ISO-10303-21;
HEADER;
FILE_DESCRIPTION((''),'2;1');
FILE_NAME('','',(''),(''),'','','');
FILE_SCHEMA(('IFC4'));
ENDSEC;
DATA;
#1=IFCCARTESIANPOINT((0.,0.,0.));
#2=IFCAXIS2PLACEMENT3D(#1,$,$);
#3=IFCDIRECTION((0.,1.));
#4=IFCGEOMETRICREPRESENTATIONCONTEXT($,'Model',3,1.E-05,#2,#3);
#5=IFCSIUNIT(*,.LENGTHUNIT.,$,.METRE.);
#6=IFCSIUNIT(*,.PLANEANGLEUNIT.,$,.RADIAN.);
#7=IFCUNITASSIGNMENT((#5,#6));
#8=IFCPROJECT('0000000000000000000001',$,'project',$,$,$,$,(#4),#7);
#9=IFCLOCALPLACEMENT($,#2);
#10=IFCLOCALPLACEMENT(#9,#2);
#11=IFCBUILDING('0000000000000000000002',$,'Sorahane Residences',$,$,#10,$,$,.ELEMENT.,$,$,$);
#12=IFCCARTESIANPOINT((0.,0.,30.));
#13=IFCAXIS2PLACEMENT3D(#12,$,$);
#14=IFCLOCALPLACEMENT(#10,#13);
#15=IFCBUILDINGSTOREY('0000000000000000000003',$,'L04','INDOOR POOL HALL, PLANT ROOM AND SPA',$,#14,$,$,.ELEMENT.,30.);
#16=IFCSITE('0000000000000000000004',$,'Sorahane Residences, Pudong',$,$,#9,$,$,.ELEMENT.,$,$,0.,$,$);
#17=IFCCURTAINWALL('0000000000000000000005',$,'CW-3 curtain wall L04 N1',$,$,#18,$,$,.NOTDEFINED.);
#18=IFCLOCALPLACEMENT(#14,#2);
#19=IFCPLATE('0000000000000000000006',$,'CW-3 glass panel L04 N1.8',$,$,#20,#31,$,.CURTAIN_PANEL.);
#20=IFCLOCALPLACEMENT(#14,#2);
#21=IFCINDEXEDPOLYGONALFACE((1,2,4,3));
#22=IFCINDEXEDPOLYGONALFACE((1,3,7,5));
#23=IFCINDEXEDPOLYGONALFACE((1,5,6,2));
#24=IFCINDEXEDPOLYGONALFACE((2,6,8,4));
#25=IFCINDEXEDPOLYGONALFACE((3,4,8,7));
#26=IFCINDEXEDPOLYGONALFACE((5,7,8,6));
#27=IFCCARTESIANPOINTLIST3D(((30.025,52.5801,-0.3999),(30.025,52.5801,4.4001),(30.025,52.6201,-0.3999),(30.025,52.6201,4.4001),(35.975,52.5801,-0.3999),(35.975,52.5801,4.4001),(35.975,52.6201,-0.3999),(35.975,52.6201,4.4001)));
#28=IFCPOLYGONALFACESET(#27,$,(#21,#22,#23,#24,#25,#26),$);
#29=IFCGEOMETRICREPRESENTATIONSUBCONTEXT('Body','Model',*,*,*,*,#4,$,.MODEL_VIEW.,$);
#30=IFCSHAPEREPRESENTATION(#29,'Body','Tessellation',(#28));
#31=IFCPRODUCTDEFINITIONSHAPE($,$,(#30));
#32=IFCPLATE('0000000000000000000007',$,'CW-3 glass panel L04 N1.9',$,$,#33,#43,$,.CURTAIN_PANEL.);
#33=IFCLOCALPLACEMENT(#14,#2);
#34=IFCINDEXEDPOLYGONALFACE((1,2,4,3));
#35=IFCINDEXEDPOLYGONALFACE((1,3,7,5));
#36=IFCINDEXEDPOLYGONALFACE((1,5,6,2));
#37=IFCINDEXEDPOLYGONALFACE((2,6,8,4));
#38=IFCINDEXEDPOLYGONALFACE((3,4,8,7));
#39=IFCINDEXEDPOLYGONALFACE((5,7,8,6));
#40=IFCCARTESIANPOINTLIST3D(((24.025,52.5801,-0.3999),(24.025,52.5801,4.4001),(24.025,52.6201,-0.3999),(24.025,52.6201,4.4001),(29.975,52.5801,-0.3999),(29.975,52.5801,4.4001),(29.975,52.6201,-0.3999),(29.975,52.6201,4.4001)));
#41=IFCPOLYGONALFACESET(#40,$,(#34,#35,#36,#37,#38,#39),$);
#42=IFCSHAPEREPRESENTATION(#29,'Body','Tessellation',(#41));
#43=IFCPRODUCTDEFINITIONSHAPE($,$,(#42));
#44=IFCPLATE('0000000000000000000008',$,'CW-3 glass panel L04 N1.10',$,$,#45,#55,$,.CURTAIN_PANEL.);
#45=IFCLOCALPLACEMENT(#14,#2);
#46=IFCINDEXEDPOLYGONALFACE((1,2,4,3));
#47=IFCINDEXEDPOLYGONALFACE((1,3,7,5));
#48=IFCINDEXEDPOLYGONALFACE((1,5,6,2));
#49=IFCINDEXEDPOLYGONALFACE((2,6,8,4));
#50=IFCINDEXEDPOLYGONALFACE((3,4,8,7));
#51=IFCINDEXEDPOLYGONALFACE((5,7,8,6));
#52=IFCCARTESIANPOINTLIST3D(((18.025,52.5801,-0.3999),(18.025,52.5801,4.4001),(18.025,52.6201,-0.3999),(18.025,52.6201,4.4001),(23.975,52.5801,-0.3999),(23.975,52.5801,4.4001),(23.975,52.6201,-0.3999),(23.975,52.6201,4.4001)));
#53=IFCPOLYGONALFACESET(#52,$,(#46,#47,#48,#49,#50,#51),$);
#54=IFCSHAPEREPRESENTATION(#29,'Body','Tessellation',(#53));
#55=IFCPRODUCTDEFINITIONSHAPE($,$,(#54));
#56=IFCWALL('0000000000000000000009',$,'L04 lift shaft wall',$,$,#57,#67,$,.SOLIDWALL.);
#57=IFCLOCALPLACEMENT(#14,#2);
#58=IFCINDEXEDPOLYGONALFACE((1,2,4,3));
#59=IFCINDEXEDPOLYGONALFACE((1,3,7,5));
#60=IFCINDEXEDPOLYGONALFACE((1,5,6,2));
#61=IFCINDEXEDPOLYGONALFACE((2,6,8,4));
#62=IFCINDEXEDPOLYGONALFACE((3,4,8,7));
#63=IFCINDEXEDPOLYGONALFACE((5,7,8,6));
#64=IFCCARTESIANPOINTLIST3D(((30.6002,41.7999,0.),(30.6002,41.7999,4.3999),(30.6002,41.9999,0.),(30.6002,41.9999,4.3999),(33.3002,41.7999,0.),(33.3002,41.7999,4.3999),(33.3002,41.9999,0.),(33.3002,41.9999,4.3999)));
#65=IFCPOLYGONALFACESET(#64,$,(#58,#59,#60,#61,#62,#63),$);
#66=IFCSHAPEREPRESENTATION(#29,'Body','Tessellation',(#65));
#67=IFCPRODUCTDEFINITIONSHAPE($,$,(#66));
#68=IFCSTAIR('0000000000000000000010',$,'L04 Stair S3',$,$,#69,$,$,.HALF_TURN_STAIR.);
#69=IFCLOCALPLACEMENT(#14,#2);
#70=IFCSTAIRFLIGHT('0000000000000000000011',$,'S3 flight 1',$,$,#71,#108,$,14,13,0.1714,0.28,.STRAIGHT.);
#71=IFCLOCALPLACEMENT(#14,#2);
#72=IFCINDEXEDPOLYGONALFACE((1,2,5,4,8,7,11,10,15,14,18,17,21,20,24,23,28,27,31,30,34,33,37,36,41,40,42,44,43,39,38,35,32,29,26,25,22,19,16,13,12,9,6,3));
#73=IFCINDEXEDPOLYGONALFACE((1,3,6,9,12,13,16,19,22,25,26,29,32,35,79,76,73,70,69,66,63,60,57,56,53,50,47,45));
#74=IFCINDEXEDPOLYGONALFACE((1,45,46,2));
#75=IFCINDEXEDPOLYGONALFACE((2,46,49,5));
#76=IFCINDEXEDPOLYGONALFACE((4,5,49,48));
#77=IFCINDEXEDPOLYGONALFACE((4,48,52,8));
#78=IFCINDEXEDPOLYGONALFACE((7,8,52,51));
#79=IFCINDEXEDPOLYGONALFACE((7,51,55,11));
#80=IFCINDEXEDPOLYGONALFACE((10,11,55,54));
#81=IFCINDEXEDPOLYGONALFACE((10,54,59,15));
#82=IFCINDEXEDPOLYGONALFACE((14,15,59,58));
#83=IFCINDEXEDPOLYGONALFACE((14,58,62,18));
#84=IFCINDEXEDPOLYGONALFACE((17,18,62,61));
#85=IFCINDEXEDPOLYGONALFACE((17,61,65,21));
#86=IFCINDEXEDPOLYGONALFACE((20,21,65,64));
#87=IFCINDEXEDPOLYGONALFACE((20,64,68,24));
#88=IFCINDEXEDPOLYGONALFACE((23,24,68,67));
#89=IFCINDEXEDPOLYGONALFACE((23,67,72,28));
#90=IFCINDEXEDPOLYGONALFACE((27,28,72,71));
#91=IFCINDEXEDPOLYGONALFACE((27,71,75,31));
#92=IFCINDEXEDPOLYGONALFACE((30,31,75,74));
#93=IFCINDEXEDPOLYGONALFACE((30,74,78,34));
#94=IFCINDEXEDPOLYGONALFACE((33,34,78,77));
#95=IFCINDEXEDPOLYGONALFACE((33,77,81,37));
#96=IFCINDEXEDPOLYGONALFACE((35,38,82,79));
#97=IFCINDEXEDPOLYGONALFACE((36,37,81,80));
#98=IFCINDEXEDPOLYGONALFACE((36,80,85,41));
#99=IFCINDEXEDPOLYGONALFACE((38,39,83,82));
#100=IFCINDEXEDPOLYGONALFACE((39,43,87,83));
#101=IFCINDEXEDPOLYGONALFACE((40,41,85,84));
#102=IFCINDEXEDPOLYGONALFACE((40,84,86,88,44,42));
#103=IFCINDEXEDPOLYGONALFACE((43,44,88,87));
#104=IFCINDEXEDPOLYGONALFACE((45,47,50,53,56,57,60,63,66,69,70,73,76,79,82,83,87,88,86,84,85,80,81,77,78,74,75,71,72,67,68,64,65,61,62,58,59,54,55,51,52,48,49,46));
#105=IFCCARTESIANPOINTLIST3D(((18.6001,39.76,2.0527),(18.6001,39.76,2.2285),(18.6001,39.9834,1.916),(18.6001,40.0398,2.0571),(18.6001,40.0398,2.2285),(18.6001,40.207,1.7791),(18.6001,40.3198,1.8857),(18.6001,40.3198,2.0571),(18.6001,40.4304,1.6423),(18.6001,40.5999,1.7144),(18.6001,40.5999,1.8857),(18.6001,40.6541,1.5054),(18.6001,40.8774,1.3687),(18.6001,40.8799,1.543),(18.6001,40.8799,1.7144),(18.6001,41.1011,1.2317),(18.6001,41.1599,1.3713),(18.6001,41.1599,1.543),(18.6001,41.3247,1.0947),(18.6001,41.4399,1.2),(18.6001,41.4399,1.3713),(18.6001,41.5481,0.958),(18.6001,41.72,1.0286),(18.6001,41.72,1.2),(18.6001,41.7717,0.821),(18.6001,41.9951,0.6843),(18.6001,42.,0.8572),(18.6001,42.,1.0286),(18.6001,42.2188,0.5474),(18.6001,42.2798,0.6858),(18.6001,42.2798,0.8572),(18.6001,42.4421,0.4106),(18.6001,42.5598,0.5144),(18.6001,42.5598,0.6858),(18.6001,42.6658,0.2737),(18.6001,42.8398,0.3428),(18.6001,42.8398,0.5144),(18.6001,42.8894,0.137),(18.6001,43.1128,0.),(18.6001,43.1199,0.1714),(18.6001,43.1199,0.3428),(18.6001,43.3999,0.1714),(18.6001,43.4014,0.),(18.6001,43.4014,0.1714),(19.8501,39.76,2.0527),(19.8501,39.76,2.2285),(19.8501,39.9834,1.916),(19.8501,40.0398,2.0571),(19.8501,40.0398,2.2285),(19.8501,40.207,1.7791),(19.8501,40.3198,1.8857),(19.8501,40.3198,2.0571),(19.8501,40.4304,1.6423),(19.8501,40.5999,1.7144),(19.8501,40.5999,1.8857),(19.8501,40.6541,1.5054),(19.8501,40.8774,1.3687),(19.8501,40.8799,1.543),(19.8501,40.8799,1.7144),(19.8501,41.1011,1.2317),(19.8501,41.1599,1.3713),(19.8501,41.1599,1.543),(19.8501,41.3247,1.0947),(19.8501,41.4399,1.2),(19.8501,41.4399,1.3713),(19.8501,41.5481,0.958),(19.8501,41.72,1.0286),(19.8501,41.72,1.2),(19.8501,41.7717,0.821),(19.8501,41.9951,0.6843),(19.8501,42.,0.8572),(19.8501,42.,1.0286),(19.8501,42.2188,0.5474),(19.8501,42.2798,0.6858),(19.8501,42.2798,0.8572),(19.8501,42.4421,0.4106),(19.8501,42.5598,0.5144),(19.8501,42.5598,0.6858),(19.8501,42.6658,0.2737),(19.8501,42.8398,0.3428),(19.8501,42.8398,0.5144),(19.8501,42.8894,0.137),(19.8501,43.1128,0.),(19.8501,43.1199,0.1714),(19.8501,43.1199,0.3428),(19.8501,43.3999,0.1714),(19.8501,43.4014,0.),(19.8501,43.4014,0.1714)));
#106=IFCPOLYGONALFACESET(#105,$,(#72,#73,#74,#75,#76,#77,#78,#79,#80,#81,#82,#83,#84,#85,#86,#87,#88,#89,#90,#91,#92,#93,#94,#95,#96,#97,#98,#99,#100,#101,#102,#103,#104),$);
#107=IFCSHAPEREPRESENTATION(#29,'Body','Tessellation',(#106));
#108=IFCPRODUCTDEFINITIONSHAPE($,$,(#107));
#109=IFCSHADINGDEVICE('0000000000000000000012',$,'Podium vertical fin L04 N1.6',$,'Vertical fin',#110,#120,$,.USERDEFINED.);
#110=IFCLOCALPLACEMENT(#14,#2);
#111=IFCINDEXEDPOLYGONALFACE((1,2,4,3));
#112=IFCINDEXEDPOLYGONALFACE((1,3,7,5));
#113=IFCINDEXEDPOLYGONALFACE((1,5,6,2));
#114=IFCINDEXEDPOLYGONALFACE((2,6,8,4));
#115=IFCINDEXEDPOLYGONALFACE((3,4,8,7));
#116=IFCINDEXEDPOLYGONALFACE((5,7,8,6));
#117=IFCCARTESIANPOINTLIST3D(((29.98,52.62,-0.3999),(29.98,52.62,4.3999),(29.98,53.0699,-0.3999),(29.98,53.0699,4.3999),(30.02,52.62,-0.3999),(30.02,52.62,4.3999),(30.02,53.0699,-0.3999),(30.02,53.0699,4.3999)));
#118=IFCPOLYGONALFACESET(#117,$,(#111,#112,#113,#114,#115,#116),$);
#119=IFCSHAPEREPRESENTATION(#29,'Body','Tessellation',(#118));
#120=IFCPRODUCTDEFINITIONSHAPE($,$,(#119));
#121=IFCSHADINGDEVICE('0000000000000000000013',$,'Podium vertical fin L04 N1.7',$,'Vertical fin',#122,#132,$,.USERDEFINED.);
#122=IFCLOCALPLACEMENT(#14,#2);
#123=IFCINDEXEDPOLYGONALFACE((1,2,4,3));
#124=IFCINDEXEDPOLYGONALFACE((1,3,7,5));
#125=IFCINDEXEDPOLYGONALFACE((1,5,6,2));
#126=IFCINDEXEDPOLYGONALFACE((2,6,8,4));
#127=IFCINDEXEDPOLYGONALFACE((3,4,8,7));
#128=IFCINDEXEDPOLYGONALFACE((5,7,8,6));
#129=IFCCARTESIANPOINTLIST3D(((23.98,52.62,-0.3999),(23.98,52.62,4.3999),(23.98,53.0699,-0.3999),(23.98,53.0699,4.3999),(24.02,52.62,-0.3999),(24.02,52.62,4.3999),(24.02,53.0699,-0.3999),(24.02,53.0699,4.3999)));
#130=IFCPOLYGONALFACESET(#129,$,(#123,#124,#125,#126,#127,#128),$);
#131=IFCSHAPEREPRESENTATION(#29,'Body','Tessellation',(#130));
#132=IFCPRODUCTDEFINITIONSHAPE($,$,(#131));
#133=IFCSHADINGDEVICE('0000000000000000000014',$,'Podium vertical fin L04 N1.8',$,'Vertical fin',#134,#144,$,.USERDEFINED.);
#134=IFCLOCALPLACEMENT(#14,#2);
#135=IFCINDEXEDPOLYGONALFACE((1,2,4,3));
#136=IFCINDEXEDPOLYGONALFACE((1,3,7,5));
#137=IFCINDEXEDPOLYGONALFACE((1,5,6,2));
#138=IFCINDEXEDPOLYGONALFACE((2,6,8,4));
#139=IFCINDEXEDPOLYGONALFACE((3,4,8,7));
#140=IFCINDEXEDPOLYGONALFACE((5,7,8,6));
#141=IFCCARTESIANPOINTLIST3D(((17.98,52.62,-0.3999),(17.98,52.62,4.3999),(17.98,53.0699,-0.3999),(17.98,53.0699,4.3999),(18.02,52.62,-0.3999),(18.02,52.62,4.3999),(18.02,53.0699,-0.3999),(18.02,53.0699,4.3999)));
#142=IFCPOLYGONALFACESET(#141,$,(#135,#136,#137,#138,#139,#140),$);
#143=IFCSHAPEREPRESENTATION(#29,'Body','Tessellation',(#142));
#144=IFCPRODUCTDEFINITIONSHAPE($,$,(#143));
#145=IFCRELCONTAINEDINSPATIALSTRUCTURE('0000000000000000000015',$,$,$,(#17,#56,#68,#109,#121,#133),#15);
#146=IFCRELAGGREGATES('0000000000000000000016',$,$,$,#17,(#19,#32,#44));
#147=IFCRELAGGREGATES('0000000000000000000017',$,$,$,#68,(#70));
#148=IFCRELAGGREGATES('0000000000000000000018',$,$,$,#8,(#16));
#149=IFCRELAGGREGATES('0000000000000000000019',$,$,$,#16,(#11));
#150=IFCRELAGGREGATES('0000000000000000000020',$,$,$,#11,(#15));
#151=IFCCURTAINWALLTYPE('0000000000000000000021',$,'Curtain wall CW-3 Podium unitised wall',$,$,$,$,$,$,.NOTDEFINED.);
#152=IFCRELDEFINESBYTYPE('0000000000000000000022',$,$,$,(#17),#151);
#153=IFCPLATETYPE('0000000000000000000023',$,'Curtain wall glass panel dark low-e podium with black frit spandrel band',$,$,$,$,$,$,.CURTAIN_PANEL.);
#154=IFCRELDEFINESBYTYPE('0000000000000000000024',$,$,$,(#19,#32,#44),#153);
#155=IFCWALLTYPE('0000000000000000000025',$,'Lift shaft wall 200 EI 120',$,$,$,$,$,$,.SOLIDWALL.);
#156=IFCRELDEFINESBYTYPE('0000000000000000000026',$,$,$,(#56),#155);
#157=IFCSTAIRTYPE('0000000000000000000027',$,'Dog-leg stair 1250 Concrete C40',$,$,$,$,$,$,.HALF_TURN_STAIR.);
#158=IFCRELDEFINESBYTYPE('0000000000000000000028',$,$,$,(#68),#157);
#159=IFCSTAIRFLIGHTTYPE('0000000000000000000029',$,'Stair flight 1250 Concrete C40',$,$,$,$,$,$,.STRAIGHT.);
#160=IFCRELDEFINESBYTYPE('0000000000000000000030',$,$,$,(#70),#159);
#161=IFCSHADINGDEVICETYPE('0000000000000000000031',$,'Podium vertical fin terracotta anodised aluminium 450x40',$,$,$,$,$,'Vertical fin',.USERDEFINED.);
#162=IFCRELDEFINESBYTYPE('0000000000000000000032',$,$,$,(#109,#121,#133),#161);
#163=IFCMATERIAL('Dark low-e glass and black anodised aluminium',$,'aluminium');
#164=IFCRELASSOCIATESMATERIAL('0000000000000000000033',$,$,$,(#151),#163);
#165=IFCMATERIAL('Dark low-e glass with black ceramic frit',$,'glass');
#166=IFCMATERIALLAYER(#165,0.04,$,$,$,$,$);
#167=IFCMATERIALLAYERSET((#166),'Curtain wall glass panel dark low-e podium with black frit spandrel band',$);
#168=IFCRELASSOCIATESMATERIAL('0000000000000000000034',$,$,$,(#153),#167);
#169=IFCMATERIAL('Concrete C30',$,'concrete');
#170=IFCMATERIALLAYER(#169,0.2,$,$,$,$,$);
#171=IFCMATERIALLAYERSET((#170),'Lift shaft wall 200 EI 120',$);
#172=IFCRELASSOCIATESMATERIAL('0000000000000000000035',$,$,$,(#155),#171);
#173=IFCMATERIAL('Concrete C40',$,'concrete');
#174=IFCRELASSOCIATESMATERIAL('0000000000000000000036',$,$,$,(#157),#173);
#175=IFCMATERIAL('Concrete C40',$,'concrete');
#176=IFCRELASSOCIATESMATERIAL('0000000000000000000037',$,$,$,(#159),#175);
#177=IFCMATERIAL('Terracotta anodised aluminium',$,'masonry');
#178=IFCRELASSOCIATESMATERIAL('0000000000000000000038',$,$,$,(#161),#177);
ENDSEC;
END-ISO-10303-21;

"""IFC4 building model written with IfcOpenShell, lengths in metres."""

from ifc_helpers import new_model, si_unit, direction, frame, frame_2d, origin, origin_2d, place, context, subcontext, project, spatial, polyline, rectangle, outline, extrude, material, layer, layer_set, material_profile, profile_set, type_object, element, aggregate, save


model = new_model("IFC4")

# Units and contexts
model_context = context("Model", 3, precision=1e-05, world=origin(), true_north=direction((0.0, 1.0)))
body_context = subcontext(model_context, "Body", "Model", "MODEL_VIEW")
ifc_project = project(units=[si_unit("LENGTHUNIT", "METRE"), si_unit("PLANEANGLEUNIT", "RADIAN")], contexts=[model_context])

# Site, building, storey
site_placement = place(None, origin())
site = spatial("IfcSite", under=ifc_project, at=site_placement, Name="Sorahane Residences, Pudong", CompositionType="ELEMENT", RefElevation=0.0)
building_placement = place(site_placement, origin())
building = spatial("IfcBuilding", under=site, at=building_placement, Name="Sorahane Residences", CompositionType="ELEMENT")
storey_placement = place(building_placement, frame((0.0, 0.0, 30.0)))
storey = spatial("IfcBuildingStorey", under=building, at=storey_placement, Name="L04", Description="INDOOR POOL HALL, PLANT ROOM AND SPA", CompositionType="ELEMENT", Elevation=30.0)

# Curtain wall
ifc_material_1 = material(Name="Dark low-e glass and black anodised aluminium", Category="aluminium")
curtain_wall_type = type_object("IfcCurtainWallType", Name="Curtain wall CW-3 Podium unitised wall", PredefinedType="NOTDEFINED", material=ifc_material_1)
curtain_wall_placement = place(storey_placement, origin())
curtain_wall = element("IfcCurtainWall", 1, at=curtain_wall_placement, inside=storey, type_object=curtain_wall_type, Name="CW-3 curtain wall L04 N1", PredefinedType="NOTDEFINED")

# Plates
ifc_material_2 = material(Name="Dark low-e glass with black ceramic frit", Category="glass")
ifc_layer_1 = layer(ifc_material_2, 0.04)
ifc_layer_set_1 = layer_set([ifc_layer_1], Name="Curtain wall glass panel dark low-e podium with black frit spandrel band")
plate_type = type_object("IfcPlateType", Name="Curtain wall glass panel dark low-e podium with black frit spandrel band", PredefinedType="CURTAIN_PANEL", material=ifc_layer_set_1)
plate_1_placement = place(storey_placement, frame((33.0, 52.6001, -0.3999), z_axis=(0.0, 0.0, 1.0), x_axis=(-1.0, 0.0, 0.0)))
plate_1 = element("IfcPlate", 2, at=plate_1_placement, type_object=plate_type, Name="CW-3 glass panel L04 N1.8", PredefinedType="CURTAIN_PANEL", context=body_context, shape_type="SweptSolid", body=[
    extrude(rectangle(XDim=5.95, YDim=0.04, at=origin_2d()), origin(), (0.0, 0.0, 1.0), 4.8),
])
plate_2_placement = place(storey_placement, frame((27.0, 52.6001, -0.3999), z_axis=(0.0, 0.0, 1.0), x_axis=(-1.0, 0.0, 0.0)))
plate_2 = element("IfcPlate", 3, at=plate_2_placement, type_object=plate_type, Name="CW-3 glass panel L04 N1.9", PredefinedType="CURTAIN_PANEL", context=body_context, shape_type="SweptSolid", body=[
    extrude(rectangle(XDim=5.95, YDim=0.04, at=origin_2d()), origin(), (0.0, 0.0, 1.0), 4.8),
])
plate_3_placement = place(storey_placement, frame((21.0, 52.6001, -0.3999), z_axis=(0.0, 0.0, 1.0), x_axis=(-1.0, 0.0, 0.0)))
plate_3 = element("IfcPlate", 4, at=plate_3_placement, type_object=plate_type, Name="CW-3 glass panel L04 N1.10", PredefinedType="CURTAIN_PANEL", context=body_context, shape_type="SweptSolid", body=[
    extrude(rectangle(XDim=5.95, YDim=0.04, at=origin_2d()), origin(), (0.0, 0.0, 1.0), 4.8),
])
aggregate(curtain_wall, [plate_1, plate_2, plate_3])

# Wall
ifc_material_3 = material(Name="Concrete C30", Category="concrete")
ifc_layer_2 = layer(ifc_material_3, 0.2)
ifc_layer_set_2 = layer_set([ifc_layer_2], Name="Lift shaft wall 200 EI 120")
wall_type = type_object("IfcWallType", Name="Lift shaft wall 200 EI 120", PredefinedType="SOLIDWALL", material=ifc_layer_set_2)
wall_placement = place(storey_placement, frame((30.6001, 41.8999, 0.0), z_axis=(0.0, 0.0, 1.0), x_axis=(1.0, 0.0, 0.0)))
element("IfcWall", 5, at=wall_placement, inside=storey, type_object=wall_type, Name="L04 lift shaft wall", PredefinedType="SOLIDWALL", context=body_context, shape_type="SweptSolid", body=[
    extrude(rectangle(XDim=2.7, YDim=0.2, at=frame_2d((1.3501, 0.0))), origin(), (0.0, 0.0, 1.0), 4.3999),
])

# Stair, stair flight
ifc_material_4 = material(Name="Concrete C40", Category="concrete")
stair_type = type_object("IfcStairType", Name="Dog-leg stair 1250 Concrete C40", PredefinedType="HALF_TURN_STAIR", material=ifc_material_4)
stair_placement = place(storey_placement, origin())
stair = element("IfcStair", 6, at=stair_placement, inside=storey, type_object=stair_type, Name="L04 Stair S3", PredefinedType="HALF_TURN_STAIR")
ifc_material_5 = material(Name="Concrete C40", Category="concrete")
stair_flight_type = type_object("IfcStairFlightType", Name="Stair flight 1250 Concrete C40", PredefinedType="STRAIGHT", material=ifc_material_5)
stair_flight_placement = place(storey_placement, frame((19.2251, 43.3999, 0.0), z_axis=(0.0, 0.0, 1.0), x_axis=(0.0, -1.0, 0.0)))
stair_flight = element("IfcStairFlight", 7, at=stair_flight_placement, type_object=stair_flight_type, Name="S3 flight 1", NumberOfRisers=14, NumberOfTreads=13, PredefinedType="STRAIGHT", RiserHeight=0.1714, TreadLength=0.28, context=body_context, shape_type="SweptSolid", body=[
    extrude(outline(polyline([(-0.0015, 0.0), (-0.0015, 0.1714), (0.0, 0.1714), (0.28, 0.1714), (0.28, 0.3428), (0.5601, 0.3428), (0.5601, 0.5144), (0.8401, 0.5144), (0.8401, 0.6858), (1.1201, 0.6858), (1.1201, 0.8572), (1.3999, 0.8572), (1.3999, 1.0286), (1.6799, 1.0286), (1.6799, 1.2), (1.96, 1.2), (1.96, 1.3713), (2.24, 1.3713), (2.24, 1.543), (2.52, 1.543), (2.52, 1.7144), (2.8, 1.7144), (2.8, 1.8857), (3.0801, 1.8857), (3.0801, 2.0571), (3.3601, 2.0571), (3.3601, 2.2285), (3.6399, 2.2285), (3.6399, 2.3999), (3.6399, 2.0527), (3.4165, 1.916), (3.1929, 1.7791), (2.9695, 1.6423), (2.7458, 1.5054), (2.5225, 1.3687), (2.2988, 1.2317), (2.0752, 1.0947), (1.8518, 0.958), (1.6282, 0.821), (1.4048, 0.6843), (1.1812, 0.5474), (0.9578, 0.4106), (0.7341, 0.2737), (0.5105, 0.137), (0.2871, 0.0), (-0.0015, 0.0)])), frame((0.0, 0.625, 0.0), z_axis=(0.0, -1.0, 0.0), x_axis=(1.0, 0.0, 0.0)), (0.0, 0.0, 1.0), 1.25),
])
aggregate(stair, [stair_flight])

# Shading devices
ifc_material_6 = material(Name="Terracotta anodised aluminium", Category="masonry")
ifc_material_profile_1 = material_profile(ifc_material_6, rectangle(XDim=0.45, YDim=0.04, at=origin_2d()), Name="Podium vertical fin terracotta anodised aluminium 450x40")
ifc_profile_set_1 = profile_set([ifc_material_profile_1], Name="Terracotta anodised aluminium")
shading_device_type = type_object("IfcShadingDeviceType", Name="Podium vertical fin terracotta anodised aluminium 450x40", ElementType="Vertical fin", PredefinedType="USERDEFINED", material=ifc_profile_set_1)
for number, where, z_axis, x_axis, name in (
    (8, (30.0, 52.845, -0.3999), (0.0, 0.0, 1.0), (0.0, 1.0, 0.0), "Podium vertical fin L04 N1.6"),
    (9, (24.0, 52.845, -0.3999), (0.0, 0.0, 1.0), (0.0, 1.0, 0.0), "Podium vertical fin L04 N1.7"),
    (10, (18.0, 52.845, -0.3999), (0.0, 0.0, 1.0), (0.0, 1.0, 0.0), "Podium vertical fin L04 N1.8"),
):
    element("IfcShadingDevice", number, at=place(storey_placement, frame(where, z_axis=z_axis, x_axis=x_axis)), inside=storey, type_object=shading_device_type, Name=name, ObjectType="Vertical fin", PredefinedType="USERDEFINED", context=body_context, shape_type="SweptSolid", body=[
        extrude(rectangle(XDim=0.45, YDim=0.04, at=origin_2d()), origin(), (0.0, 0.0, 1.0), 4.7998),
    ])

save(model, "model.ifc")
